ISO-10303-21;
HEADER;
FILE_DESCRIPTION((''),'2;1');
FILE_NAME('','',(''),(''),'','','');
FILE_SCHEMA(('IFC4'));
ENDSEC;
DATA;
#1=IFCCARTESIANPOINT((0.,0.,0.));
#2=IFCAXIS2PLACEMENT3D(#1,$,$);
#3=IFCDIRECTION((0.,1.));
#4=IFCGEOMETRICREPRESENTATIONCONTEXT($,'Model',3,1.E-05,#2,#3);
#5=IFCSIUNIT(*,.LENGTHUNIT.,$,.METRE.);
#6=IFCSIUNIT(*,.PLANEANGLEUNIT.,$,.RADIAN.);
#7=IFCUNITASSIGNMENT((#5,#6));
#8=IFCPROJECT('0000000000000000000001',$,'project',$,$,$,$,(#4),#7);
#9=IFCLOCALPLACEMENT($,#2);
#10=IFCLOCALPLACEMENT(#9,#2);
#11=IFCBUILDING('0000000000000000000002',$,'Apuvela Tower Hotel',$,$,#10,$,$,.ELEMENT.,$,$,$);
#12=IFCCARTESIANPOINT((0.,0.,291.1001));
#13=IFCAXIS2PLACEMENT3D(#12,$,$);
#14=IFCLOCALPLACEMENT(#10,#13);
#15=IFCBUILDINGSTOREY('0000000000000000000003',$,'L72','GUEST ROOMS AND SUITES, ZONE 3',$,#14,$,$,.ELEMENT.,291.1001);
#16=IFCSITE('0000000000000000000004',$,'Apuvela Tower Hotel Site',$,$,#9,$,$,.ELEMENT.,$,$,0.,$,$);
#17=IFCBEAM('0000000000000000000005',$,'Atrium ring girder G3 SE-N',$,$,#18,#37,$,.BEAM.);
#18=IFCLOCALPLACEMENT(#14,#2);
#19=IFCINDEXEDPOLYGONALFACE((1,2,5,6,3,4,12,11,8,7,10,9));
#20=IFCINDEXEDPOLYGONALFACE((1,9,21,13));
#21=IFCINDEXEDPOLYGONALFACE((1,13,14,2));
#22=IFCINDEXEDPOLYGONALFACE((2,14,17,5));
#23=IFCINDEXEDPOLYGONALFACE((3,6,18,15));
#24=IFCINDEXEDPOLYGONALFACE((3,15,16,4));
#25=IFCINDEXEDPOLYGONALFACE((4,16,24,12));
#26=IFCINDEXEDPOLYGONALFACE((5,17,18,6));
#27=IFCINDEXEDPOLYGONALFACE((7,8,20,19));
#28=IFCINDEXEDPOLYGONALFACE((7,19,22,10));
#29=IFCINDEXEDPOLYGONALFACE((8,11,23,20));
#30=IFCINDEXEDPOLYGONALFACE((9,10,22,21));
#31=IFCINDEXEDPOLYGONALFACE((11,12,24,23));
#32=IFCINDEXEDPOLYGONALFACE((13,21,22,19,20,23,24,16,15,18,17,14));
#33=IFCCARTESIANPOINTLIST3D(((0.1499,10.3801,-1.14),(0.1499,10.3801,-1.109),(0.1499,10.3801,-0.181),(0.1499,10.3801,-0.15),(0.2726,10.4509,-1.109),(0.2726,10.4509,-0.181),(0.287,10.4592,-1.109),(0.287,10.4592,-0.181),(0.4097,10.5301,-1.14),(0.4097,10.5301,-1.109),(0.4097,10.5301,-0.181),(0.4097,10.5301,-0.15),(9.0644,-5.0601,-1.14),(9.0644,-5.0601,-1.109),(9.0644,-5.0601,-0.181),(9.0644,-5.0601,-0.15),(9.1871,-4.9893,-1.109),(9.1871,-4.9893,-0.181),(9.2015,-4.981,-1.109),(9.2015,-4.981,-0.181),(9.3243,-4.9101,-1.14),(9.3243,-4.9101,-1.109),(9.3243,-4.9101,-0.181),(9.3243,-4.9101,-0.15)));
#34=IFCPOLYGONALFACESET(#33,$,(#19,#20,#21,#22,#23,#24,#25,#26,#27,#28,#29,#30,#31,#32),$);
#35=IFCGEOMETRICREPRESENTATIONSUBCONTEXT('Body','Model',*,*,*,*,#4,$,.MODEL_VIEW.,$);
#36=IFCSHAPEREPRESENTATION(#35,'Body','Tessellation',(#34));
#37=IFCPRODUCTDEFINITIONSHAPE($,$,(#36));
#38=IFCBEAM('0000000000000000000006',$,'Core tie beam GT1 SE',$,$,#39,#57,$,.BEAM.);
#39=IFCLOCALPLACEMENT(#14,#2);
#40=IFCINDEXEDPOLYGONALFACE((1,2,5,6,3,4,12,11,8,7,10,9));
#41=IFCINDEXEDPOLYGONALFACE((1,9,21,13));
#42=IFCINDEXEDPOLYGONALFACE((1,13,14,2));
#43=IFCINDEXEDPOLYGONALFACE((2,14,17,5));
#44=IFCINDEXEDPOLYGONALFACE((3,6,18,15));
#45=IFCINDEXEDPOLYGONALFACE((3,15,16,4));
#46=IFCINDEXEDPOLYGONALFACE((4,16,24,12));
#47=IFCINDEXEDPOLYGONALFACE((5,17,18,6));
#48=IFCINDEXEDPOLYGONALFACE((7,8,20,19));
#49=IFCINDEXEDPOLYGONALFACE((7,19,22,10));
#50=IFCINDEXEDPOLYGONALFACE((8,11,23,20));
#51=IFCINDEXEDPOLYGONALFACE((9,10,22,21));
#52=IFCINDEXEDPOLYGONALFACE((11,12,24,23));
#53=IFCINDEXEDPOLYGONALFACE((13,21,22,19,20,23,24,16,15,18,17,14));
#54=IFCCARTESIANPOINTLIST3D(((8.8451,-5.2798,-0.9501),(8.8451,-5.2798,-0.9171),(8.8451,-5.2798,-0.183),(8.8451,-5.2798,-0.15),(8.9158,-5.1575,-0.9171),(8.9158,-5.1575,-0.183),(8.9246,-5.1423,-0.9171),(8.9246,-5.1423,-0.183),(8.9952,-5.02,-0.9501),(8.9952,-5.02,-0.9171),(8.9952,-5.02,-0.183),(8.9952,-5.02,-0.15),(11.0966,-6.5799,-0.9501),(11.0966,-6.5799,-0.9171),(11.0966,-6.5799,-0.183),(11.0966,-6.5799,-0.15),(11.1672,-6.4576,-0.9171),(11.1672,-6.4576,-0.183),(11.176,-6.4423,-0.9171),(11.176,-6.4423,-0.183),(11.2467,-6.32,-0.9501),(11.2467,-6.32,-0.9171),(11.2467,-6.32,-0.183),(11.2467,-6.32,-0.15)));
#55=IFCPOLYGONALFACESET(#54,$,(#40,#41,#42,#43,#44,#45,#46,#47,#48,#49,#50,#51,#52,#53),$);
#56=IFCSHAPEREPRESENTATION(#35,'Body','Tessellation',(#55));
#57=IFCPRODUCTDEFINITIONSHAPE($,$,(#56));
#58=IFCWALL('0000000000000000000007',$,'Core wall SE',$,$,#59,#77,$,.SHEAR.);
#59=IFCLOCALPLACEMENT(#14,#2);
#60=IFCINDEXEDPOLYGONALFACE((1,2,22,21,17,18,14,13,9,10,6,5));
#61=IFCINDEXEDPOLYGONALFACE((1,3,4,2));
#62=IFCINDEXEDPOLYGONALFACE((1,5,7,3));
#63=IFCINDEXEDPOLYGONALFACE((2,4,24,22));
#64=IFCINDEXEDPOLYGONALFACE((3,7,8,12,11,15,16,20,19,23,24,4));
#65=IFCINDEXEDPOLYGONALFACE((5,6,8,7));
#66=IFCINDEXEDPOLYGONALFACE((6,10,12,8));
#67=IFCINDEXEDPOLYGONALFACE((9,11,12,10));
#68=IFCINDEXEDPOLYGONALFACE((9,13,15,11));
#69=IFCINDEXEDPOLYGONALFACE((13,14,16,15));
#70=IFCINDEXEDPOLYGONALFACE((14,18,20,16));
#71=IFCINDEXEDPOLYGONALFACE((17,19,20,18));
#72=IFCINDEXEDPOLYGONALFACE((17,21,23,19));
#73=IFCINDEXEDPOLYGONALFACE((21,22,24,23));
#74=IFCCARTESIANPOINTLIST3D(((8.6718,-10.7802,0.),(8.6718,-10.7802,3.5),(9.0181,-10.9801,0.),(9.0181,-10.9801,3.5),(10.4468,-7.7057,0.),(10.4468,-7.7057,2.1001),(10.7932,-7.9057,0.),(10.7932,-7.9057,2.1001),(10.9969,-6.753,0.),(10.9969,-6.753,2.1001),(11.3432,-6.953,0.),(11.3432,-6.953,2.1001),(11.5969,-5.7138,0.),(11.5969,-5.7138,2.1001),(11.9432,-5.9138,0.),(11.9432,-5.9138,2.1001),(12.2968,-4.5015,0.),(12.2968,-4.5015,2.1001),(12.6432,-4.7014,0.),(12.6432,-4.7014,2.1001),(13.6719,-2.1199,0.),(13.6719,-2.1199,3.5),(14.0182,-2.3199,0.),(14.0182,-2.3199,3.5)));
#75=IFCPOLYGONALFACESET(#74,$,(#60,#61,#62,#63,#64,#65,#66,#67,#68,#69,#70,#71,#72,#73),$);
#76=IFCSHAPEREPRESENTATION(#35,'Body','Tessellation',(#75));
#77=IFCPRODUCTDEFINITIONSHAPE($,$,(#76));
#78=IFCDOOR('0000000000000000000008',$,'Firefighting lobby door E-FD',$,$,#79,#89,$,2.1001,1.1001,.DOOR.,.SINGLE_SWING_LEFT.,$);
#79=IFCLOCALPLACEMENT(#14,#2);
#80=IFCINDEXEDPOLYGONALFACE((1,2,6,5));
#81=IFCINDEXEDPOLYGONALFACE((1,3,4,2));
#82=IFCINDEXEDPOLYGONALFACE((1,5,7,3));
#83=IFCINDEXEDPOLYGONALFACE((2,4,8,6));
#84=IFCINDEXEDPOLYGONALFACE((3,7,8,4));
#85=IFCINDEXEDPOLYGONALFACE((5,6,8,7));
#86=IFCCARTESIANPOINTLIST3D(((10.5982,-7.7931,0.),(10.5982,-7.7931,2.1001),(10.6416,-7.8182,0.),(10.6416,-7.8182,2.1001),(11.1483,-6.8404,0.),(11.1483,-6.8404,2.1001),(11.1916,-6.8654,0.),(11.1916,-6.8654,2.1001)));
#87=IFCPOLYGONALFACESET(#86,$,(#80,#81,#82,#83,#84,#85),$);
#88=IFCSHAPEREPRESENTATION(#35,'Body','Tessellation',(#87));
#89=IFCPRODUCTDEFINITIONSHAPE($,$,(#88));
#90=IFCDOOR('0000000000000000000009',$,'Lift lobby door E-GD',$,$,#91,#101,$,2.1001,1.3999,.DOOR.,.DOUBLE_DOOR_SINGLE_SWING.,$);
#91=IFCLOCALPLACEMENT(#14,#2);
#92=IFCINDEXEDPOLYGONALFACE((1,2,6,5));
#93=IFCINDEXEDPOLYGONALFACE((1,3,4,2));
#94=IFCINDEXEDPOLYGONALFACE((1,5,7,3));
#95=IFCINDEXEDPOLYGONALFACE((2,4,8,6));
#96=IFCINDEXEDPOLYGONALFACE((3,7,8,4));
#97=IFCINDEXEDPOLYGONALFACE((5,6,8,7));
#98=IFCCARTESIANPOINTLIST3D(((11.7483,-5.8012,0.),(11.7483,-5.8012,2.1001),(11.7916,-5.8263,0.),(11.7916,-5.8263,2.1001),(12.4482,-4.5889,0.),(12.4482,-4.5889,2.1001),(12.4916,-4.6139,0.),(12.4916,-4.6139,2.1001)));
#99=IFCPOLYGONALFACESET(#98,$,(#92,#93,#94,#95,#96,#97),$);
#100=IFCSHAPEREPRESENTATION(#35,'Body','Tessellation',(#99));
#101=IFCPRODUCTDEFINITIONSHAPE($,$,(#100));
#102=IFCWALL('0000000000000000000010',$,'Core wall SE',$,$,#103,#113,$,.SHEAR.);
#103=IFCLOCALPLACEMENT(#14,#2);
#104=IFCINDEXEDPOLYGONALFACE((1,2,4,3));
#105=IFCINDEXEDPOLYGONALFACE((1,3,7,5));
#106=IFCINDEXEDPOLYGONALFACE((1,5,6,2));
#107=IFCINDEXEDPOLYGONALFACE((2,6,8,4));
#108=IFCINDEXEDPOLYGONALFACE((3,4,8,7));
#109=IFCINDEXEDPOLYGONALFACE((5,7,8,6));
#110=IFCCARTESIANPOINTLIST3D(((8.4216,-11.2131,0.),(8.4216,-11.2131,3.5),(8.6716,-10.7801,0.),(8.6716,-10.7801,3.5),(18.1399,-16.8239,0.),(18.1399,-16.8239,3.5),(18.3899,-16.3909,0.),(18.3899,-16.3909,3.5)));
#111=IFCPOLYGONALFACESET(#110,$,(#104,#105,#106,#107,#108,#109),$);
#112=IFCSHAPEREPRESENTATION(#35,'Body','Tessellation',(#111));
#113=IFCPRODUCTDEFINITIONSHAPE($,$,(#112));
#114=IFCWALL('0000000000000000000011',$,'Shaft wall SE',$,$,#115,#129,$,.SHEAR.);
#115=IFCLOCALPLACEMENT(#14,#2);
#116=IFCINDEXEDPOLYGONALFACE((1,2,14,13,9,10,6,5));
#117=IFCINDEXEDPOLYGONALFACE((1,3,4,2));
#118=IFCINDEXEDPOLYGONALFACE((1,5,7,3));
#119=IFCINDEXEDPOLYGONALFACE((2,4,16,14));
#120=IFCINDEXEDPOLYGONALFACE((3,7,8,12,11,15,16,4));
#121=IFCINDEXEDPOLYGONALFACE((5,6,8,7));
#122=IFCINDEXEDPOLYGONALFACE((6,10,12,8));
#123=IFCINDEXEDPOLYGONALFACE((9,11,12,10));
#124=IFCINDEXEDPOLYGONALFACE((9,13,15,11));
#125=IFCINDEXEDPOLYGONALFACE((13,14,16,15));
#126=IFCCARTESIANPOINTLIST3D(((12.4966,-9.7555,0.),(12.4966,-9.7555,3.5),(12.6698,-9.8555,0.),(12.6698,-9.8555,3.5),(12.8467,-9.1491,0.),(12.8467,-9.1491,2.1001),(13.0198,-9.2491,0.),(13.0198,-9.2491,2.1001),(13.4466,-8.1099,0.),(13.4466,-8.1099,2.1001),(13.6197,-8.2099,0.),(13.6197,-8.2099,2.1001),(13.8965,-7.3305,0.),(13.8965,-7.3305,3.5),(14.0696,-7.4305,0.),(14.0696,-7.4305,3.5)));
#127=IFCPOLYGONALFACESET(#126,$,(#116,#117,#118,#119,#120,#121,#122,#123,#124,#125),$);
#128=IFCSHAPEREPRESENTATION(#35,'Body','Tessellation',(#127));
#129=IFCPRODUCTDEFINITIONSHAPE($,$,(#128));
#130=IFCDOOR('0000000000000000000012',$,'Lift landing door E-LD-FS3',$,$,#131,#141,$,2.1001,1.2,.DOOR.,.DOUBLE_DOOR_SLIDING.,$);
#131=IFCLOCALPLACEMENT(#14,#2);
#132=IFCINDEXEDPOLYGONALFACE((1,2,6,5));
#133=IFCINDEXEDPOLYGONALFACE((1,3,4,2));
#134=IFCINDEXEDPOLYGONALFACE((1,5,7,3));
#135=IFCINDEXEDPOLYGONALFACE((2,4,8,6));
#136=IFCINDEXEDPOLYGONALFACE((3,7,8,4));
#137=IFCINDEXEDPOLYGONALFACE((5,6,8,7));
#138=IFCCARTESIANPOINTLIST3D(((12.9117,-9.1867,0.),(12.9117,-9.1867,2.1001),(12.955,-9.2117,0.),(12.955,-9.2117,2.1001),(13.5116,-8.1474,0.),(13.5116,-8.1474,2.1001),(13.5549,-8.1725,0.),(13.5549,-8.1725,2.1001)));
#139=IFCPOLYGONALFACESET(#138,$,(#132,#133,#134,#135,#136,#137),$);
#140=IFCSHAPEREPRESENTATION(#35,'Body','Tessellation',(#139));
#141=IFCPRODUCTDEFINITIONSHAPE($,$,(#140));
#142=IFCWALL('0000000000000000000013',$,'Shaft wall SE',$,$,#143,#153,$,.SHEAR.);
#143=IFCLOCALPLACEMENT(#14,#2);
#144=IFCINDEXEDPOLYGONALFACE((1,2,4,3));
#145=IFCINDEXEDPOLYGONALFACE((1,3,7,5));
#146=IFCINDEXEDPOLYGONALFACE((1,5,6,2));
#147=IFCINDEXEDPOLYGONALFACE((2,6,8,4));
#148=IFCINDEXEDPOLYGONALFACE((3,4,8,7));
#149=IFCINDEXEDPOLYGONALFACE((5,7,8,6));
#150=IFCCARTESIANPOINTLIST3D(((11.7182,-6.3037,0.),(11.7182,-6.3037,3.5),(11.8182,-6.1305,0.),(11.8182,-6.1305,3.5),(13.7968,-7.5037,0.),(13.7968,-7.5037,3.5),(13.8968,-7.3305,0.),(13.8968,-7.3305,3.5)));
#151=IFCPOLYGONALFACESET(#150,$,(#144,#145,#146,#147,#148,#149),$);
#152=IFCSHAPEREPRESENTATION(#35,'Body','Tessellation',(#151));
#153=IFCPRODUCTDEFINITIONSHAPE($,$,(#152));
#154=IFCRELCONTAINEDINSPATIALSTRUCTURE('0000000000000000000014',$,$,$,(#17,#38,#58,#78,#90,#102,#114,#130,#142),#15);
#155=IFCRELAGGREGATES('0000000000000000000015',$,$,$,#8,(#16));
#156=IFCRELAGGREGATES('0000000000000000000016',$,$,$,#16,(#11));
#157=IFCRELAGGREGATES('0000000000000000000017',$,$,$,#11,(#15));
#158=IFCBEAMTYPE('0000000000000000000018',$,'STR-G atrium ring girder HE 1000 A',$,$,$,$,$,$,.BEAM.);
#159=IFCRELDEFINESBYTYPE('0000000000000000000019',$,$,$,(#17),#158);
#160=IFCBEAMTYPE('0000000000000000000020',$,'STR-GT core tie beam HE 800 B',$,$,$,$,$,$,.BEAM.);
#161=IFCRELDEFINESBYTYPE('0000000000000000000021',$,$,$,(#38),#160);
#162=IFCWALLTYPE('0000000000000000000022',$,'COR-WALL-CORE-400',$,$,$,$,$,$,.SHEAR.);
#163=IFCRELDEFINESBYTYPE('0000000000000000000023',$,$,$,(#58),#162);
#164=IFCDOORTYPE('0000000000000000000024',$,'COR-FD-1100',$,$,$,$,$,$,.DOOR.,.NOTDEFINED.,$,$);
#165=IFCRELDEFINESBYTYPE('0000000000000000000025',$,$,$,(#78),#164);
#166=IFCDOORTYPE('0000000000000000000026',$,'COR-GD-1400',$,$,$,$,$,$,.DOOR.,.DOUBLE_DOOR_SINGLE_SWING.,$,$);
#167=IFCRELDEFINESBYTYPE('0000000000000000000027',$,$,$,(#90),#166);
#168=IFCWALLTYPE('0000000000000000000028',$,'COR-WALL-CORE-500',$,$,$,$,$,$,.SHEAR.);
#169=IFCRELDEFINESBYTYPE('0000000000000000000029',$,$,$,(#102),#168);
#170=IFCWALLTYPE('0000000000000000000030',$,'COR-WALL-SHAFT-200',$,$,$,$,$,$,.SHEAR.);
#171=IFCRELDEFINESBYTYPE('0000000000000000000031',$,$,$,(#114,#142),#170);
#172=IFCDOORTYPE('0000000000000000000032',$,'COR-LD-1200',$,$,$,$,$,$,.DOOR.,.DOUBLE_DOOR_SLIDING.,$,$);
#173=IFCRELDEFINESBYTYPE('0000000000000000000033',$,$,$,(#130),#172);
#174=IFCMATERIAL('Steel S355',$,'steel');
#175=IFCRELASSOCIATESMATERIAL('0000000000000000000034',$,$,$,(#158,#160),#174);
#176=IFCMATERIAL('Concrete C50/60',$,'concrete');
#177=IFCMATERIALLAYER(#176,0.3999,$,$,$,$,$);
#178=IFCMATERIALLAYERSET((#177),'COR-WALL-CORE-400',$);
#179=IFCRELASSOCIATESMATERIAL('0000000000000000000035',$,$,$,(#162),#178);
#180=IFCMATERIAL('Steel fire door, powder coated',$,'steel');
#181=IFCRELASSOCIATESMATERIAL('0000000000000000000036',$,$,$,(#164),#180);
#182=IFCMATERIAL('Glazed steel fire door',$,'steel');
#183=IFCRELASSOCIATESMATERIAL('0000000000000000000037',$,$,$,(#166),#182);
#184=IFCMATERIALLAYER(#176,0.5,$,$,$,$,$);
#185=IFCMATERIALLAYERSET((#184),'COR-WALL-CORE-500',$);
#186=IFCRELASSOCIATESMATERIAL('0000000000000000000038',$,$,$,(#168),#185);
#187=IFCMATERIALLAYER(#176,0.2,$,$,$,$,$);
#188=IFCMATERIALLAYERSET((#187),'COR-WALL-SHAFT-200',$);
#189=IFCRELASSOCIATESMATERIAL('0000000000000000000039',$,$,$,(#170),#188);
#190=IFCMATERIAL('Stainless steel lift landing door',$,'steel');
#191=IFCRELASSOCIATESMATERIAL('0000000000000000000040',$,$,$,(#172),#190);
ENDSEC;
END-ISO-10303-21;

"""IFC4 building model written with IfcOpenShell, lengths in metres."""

from ifc_helpers import new_model, si_unit, direction, frame, frame_2d, origin, origin_2d, place, context, subcontext, project, spatial, rectangle, i_section, extrude, material, layer, layer_set, material_profile, profile_set, type_object, element, fill, save


model = new_model("IFC4")

# Units and contexts
model_context = context("Model", 3, precision=1e-05, world=origin(), true_north=direction((0.0, 1.0)))
body_context = subcontext(model_context, "Body", "Model", "MODEL_VIEW")
ifc_project = project(units=[si_unit("LENGTHUNIT", "METRE"), si_unit("PLANEANGLEUNIT", "RADIAN")], contexts=[model_context])

# Site, building, storey
site_placement = place(None, origin())
site = spatial("IfcSite", under=ifc_project, at=site_placement, Name="Apuvela Tower Hotel Site", CompositionType="ELEMENT", RefElevation=0.0)
building_placement = place(site_placement, origin())
building = spatial("IfcBuilding", under=site, at=building_placement, Name="Apuvela Tower Hotel", CompositionType="ELEMENT")
storey_placement = place(building_placement, frame((0.0, 0.0, 291.1001)))
storey = spatial("IfcBuildingStorey", under=building, at=storey_placement, Name="L72", Description="GUEST ROOMS AND SUITES, ZONE 3", CompositionType="ELEMENT", Elevation=291.1001)

# Beams
ifc_material_1 = material(Name="Steel S355", Category="steel")
ifc_material_profile_1 = material_profile(ifc_material_1, i_section(OverallWidth=0.3, OverallDepth=0.99, WebThickness=0.0166, FlangeThickness=0.031, at=origin_2d()), Name="HE 1000 A")
ifc_profile_set_1 = profile_set([ifc_material_profile_1], Name="Steel S355")
beam_type_1 = type_object("IfcBeamType", Name="STR-G atrium ring girder HE 1000 A", PredefinedType="BEAM", material=ifc_profile_set_1)
beam_1_placement = place(storey_placement, frame((9.1943, -4.9851, -0.645), z_axis=(-0.500007, 0.866022, 0.0), x_axis=(-0.866022, -0.500007, 0.0)))
element("IfcBeam", 1, at=beam_1_placement, inside=storey, type_object=beam_type_1, Name="Atrium ring girder G3 SE-N", PredefinedType="BEAM", context=body_context, shape_type="SweptSolid", body=[
    extrude(i_section(OverallWidth=0.3, OverallDepth=0.99, WebThickness=0.0166, FlangeThickness=0.031, at=origin_2d()), origin(), (0.0, 0.0, 1.0), 17.8289),
])
ifc_material_profile_2 = material_profile(ifc_material_1, i_section(OverallWidth=0.3, OverallDepth=0.8, WebThickness=0.0176, FlangeThickness=0.033, at=origin_2d()), Name="HE 800 B")
ifc_profile_set_2 = profile_set([ifc_material_profile_2], Name="Steel S355")
beam_type_2 = type_object("IfcBeamType", Name="STR-GT core tie beam HE 800 B", PredefinedType="BEAM", material=ifc_profile_set_2)
beam_2_placement = place(storey_placement, frame((11.1716, -6.45, -0.55), z_axis=(-0.865998, 0.500048, 0.0), x_axis=(-0.500048, -0.865998, 0.0)))
element("IfcBeam", 2, at=beam_2_placement, inside=storey, type_object=beam_type_2, Name="Core tie beam GT1 SE", PredefinedType="BEAM", context=body_context, shape_type="SweptSolid", body=[
    extrude(i_section(OverallWidth=0.3, OverallDepth=0.8, WebThickness=0.0176, FlangeThickness=0.033, at=origin_2d()), origin(), (0.0, 0.0, 1.0), 2.5999),
])

# Wall, openings, doors
ifc_material_2 = material(Name="Concrete C50/60", Category="concrete")
ifc_layer_1 = layer(ifc_material_2, 0.3999)
ifc_layer_set_1 = layer_set([ifc_layer_1], Name="COR-WALL-CORE-400")
wall_type_1 = type_object("IfcWallType", Name="COR-WALL-CORE-400", PredefinedType="SHEAR", material=ifc_layer_set_1)
wall_1_placement = place(storey_placement, frame((8.845, -10.8801, 0.0), z_axis=(0.0, 0.0, 1.0), x_axis=(0.500004, 0.866023, 0.0)))
wall_1 = element("IfcWall", 3, at=wall_1_placement, inside=storey, type_object=wall_type_1, Name="Core wall SE", PredefinedType="SHEAR", context=body_context, shape_type="SweptSolid", body=[
    extrude(rectangle(XDim=10.0, YDim=0.3999, at=frame_2d((5.0, 0.0))), origin(), (0.0, 0.0, 1.0), 3.5),
])
opening_1_placement = place(wall_1_placement, frame((3.55, 0.0, 0.0)))
opening_1 = element("IfcOpeningElement", 4, at=opening_1_placement, cuts=wall_1, PredefinedType="OPENING", context=body_context, shape_type="SweptSolid", body=[
    extrude(rectangle(XDim=1.1001, YDim=2.1001, at=frame_2d((0.55, 1.05))), frame((0.0, 0.21, 0.0), z_axis=(0.0, -1.0, 0.0), x_axis=(1.0, 0.0, 0.0)), (0.0, 0.0, 1.0), 0.4199),
])
opening_2_placement = place(wall_1_placement, frame((5.8501, 0.0, 0.0)))
opening_2 = element("IfcOpeningElement", 5, at=opening_2_placement, cuts=wall_1, PredefinedType="OPENING", context=body_context, shape_type="SweptSolid", body=[
    extrude(rectangle(XDim=1.3999, YDim=2.1001, at=frame_2d((0.7, 1.05))), frame((0.0, 0.21, 0.0), z_axis=(0.0, -1.0, 0.0), x_axis=(1.0, 0.0, 0.0)), (0.0, 0.0, 1.0), 0.4199),
])
ifc_material_3 = material(Name="Steel fire door, powder coated", Category="steel")
door_type_1 = type_object("IfcDoorType", Name="COR-FD-1100", OperationType="NOTDEFINED", PredefinedType="DOOR", material=ifc_material_3)
door_1_placement = place(opening_1_placement, frame((1.1001, 0.0, 0.0), z_axis=(0.0, 0.0, 1.0), x_axis=(-1.0, 0.0, 0.0)))
door_1 = element("IfcDoor", 6, at=door_1_placement, inside=storey, type_object=door_type_1, Name="Firefighting lobby door E-FD", OperationType="SINGLE_SWING_LEFT", OverallHeight=2.1001, OverallWidth=1.1001, PredefinedType="DOOR", context=body_context, shape_type="SweptSolid", body=[
    extrude(rectangle(XDim=1.1001, YDim=2.1001, at=frame_2d((0.55, 1.05))), frame((0.0, 0.0249, 0.0), z_axis=(0.0, -1.0, 0.0), x_axis=(1.0, 0.0, 0.0)), (0.0, 0.0, 1.0), 0.05),
])
fill(opening_1, door_1)
ifc_material_4 = material(Name="Glazed steel fire door", Category="steel")
door_type_2 = type_object("IfcDoorType", Name="COR-GD-1400", OperationType="DOUBLE_DOOR_SINGLE_SWING", PredefinedType="DOOR", material=ifc_material_4)
door_2_placement = place(opening_2_placement, frame((1.3999, 0.0, 0.0), z_axis=(0.0, 0.0, 1.0), x_axis=(-1.0, 0.0, 0.0)))
door_2 = element("IfcDoor", 7, at=door_2_placement, inside=storey, type_object=door_type_2, Name="Lift lobby door E-GD", OperationType="DOUBLE_DOOR_SINGLE_SWING", OverallHeight=2.1001, OverallWidth=1.3999, PredefinedType="DOOR", context=body_context, shape_type="SweptSolid", body=[
    extrude(rectangle(XDim=1.3999, YDim=2.1001, at=frame_2d((0.7, 1.05))), frame((0.0, 0.0249, 0.0), z_axis=(0.0, -1.0, 0.0), x_axis=(1.0, 0.0, 0.0)), (0.0, 0.0, 1.0), 0.05),
])
fill(opening_2, door_2)

# Wall
ifc_layer_2 = layer(ifc_material_2, 0.5)
ifc_layer_set_2 = layer_set([ifc_layer_2], Name="COR-WALL-CORE-500")
wall_type_2 = type_object("IfcWallType", Name="COR-WALL-CORE-500", PredefinedType="SHEAR", material=ifc_layer_set_2)
wall_2_placement = place(storey_placement, frame((8.5466, -10.9966, 0.0), z_axis=(0.0, 0.0, 1.0), x_axis=(0.866025, -0.5, 0.0)))
element("IfcWall", 8, at=wall_2_placement, inside=storey, type_object=wall_type_2, Name="Core wall SE", PredefinedType="SHEAR", context=body_context, shape_type="SweptSolid", body=[
    extrude(rectangle(XDim=11.2217, YDim=0.5, at=frame_2d((5.6108, 0.0))), origin(), (0.0, 0.0, 1.0), 3.5),
])

# Wall, opening, door
ifc_layer_3 = layer(ifc_material_2, 0.2)
ifc_layer_set_3 = layer_set([ifc_layer_3], Name="COR-WALL-SHAFT-200")
wall_type_3 = type_object("IfcWallType", Name="COR-WALL-SHAFT-200", PredefinedType="SHEAR", material=ifc_layer_set_3)
wall_3_placement = place(storey_placement, frame((12.5833, -9.8054, 0.0), z_axis=(0.0, 0.0, 1.0), x_axis=(0.499946, 0.866056, 0.0)))
wall_3 = element("IfcWall", 9, at=wall_3_placement, inside=storey, type_object=wall_type_3, Name="Shaft wall SE", PredefinedType="SHEAR", context=body_context, shape_type="SweptSolid", body=[
    extrude(rectangle(XDim=2.8, YDim=0.2, at=frame_2d((1.3999, 0.0))), origin(), (0.0, 0.0, 1.0), 3.5),
])
opening_3_placement = place(wall_3_placement, frame((0.7, 0.0, 0.0)))
opening_3 = element("IfcOpeningElement", 10, at=opening_3_placement, cuts=wall_3, PredefinedType="OPENING", context=body_context, shape_type="SweptSolid", body=[
    extrude(rectangle(XDim=1.2, YDim=2.1001, at=frame_2d((0.6001, 1.05))), frame((0.0, 0.1099, 0.0), z_axis=(0.0, -1.0, 0.0), x_axis=(1.0, 0.0, 0.0)), (0.0, 0.0, 1.0), 0.22),
])
ifc_material_5 = material(Name="Stainless steel lift landing door", Category="steel")
door_type_3 = type_object("IfcDoorType", Name="COR-LD-1200", OperationType="DOUBLE_DOOR_SLIDING", PredefinedType="DOOR", material=ifc_material_5)
door_3_placement = place(opening_3_placement, origin())
door_3 = element("IfcDoor", 11, at=door_3_placement, inside=storey, type_object=door_type_3, Name="Lift landing door E-LD-FS3", OperationType="DOUBLE_DOOR_SLIDING", OverallHeight=2.1001, OverallWidth=1.2, PredefinedType="DOOR", context=body_context, shape_type="SweptSolid", body=[
    extrude(rectangle(XDim=1.2, YDim=2.1001, at=frame_2d((0.6001, 1.05))), frame((0.0, 0.0249, 0.0), z_axis=(0.0, -1.0, 0.0), x_axis=(1.0, 0.0, 0.0)), (0.0, 0.0, 1.0), 0.05),
])
fill(opening_3, door_3)

# Wall
wall_4_placement = place(storey_placement, frame((11.7681, -6.217, 0.0), z_axis=(0.0, 0.0, 1.0), x_axis=(0.86605, -0.499957, 0.0)))
element("IfcWall", 12, at=wall_4_placement, inside=storey, type_object=wall_type_3, Name="Shaft wall SE", PredefinedType="SHEAR", context=body_context, shape_type="SweptSolid", body=[
    extrude(rectangle(XDim=2.4001, YDim=0.2, at=frame_2d((1.2002, 0.0))), origin(), (0.0, 0.0, 1.0), 3.5),
])

save(model, "model.ifc")
